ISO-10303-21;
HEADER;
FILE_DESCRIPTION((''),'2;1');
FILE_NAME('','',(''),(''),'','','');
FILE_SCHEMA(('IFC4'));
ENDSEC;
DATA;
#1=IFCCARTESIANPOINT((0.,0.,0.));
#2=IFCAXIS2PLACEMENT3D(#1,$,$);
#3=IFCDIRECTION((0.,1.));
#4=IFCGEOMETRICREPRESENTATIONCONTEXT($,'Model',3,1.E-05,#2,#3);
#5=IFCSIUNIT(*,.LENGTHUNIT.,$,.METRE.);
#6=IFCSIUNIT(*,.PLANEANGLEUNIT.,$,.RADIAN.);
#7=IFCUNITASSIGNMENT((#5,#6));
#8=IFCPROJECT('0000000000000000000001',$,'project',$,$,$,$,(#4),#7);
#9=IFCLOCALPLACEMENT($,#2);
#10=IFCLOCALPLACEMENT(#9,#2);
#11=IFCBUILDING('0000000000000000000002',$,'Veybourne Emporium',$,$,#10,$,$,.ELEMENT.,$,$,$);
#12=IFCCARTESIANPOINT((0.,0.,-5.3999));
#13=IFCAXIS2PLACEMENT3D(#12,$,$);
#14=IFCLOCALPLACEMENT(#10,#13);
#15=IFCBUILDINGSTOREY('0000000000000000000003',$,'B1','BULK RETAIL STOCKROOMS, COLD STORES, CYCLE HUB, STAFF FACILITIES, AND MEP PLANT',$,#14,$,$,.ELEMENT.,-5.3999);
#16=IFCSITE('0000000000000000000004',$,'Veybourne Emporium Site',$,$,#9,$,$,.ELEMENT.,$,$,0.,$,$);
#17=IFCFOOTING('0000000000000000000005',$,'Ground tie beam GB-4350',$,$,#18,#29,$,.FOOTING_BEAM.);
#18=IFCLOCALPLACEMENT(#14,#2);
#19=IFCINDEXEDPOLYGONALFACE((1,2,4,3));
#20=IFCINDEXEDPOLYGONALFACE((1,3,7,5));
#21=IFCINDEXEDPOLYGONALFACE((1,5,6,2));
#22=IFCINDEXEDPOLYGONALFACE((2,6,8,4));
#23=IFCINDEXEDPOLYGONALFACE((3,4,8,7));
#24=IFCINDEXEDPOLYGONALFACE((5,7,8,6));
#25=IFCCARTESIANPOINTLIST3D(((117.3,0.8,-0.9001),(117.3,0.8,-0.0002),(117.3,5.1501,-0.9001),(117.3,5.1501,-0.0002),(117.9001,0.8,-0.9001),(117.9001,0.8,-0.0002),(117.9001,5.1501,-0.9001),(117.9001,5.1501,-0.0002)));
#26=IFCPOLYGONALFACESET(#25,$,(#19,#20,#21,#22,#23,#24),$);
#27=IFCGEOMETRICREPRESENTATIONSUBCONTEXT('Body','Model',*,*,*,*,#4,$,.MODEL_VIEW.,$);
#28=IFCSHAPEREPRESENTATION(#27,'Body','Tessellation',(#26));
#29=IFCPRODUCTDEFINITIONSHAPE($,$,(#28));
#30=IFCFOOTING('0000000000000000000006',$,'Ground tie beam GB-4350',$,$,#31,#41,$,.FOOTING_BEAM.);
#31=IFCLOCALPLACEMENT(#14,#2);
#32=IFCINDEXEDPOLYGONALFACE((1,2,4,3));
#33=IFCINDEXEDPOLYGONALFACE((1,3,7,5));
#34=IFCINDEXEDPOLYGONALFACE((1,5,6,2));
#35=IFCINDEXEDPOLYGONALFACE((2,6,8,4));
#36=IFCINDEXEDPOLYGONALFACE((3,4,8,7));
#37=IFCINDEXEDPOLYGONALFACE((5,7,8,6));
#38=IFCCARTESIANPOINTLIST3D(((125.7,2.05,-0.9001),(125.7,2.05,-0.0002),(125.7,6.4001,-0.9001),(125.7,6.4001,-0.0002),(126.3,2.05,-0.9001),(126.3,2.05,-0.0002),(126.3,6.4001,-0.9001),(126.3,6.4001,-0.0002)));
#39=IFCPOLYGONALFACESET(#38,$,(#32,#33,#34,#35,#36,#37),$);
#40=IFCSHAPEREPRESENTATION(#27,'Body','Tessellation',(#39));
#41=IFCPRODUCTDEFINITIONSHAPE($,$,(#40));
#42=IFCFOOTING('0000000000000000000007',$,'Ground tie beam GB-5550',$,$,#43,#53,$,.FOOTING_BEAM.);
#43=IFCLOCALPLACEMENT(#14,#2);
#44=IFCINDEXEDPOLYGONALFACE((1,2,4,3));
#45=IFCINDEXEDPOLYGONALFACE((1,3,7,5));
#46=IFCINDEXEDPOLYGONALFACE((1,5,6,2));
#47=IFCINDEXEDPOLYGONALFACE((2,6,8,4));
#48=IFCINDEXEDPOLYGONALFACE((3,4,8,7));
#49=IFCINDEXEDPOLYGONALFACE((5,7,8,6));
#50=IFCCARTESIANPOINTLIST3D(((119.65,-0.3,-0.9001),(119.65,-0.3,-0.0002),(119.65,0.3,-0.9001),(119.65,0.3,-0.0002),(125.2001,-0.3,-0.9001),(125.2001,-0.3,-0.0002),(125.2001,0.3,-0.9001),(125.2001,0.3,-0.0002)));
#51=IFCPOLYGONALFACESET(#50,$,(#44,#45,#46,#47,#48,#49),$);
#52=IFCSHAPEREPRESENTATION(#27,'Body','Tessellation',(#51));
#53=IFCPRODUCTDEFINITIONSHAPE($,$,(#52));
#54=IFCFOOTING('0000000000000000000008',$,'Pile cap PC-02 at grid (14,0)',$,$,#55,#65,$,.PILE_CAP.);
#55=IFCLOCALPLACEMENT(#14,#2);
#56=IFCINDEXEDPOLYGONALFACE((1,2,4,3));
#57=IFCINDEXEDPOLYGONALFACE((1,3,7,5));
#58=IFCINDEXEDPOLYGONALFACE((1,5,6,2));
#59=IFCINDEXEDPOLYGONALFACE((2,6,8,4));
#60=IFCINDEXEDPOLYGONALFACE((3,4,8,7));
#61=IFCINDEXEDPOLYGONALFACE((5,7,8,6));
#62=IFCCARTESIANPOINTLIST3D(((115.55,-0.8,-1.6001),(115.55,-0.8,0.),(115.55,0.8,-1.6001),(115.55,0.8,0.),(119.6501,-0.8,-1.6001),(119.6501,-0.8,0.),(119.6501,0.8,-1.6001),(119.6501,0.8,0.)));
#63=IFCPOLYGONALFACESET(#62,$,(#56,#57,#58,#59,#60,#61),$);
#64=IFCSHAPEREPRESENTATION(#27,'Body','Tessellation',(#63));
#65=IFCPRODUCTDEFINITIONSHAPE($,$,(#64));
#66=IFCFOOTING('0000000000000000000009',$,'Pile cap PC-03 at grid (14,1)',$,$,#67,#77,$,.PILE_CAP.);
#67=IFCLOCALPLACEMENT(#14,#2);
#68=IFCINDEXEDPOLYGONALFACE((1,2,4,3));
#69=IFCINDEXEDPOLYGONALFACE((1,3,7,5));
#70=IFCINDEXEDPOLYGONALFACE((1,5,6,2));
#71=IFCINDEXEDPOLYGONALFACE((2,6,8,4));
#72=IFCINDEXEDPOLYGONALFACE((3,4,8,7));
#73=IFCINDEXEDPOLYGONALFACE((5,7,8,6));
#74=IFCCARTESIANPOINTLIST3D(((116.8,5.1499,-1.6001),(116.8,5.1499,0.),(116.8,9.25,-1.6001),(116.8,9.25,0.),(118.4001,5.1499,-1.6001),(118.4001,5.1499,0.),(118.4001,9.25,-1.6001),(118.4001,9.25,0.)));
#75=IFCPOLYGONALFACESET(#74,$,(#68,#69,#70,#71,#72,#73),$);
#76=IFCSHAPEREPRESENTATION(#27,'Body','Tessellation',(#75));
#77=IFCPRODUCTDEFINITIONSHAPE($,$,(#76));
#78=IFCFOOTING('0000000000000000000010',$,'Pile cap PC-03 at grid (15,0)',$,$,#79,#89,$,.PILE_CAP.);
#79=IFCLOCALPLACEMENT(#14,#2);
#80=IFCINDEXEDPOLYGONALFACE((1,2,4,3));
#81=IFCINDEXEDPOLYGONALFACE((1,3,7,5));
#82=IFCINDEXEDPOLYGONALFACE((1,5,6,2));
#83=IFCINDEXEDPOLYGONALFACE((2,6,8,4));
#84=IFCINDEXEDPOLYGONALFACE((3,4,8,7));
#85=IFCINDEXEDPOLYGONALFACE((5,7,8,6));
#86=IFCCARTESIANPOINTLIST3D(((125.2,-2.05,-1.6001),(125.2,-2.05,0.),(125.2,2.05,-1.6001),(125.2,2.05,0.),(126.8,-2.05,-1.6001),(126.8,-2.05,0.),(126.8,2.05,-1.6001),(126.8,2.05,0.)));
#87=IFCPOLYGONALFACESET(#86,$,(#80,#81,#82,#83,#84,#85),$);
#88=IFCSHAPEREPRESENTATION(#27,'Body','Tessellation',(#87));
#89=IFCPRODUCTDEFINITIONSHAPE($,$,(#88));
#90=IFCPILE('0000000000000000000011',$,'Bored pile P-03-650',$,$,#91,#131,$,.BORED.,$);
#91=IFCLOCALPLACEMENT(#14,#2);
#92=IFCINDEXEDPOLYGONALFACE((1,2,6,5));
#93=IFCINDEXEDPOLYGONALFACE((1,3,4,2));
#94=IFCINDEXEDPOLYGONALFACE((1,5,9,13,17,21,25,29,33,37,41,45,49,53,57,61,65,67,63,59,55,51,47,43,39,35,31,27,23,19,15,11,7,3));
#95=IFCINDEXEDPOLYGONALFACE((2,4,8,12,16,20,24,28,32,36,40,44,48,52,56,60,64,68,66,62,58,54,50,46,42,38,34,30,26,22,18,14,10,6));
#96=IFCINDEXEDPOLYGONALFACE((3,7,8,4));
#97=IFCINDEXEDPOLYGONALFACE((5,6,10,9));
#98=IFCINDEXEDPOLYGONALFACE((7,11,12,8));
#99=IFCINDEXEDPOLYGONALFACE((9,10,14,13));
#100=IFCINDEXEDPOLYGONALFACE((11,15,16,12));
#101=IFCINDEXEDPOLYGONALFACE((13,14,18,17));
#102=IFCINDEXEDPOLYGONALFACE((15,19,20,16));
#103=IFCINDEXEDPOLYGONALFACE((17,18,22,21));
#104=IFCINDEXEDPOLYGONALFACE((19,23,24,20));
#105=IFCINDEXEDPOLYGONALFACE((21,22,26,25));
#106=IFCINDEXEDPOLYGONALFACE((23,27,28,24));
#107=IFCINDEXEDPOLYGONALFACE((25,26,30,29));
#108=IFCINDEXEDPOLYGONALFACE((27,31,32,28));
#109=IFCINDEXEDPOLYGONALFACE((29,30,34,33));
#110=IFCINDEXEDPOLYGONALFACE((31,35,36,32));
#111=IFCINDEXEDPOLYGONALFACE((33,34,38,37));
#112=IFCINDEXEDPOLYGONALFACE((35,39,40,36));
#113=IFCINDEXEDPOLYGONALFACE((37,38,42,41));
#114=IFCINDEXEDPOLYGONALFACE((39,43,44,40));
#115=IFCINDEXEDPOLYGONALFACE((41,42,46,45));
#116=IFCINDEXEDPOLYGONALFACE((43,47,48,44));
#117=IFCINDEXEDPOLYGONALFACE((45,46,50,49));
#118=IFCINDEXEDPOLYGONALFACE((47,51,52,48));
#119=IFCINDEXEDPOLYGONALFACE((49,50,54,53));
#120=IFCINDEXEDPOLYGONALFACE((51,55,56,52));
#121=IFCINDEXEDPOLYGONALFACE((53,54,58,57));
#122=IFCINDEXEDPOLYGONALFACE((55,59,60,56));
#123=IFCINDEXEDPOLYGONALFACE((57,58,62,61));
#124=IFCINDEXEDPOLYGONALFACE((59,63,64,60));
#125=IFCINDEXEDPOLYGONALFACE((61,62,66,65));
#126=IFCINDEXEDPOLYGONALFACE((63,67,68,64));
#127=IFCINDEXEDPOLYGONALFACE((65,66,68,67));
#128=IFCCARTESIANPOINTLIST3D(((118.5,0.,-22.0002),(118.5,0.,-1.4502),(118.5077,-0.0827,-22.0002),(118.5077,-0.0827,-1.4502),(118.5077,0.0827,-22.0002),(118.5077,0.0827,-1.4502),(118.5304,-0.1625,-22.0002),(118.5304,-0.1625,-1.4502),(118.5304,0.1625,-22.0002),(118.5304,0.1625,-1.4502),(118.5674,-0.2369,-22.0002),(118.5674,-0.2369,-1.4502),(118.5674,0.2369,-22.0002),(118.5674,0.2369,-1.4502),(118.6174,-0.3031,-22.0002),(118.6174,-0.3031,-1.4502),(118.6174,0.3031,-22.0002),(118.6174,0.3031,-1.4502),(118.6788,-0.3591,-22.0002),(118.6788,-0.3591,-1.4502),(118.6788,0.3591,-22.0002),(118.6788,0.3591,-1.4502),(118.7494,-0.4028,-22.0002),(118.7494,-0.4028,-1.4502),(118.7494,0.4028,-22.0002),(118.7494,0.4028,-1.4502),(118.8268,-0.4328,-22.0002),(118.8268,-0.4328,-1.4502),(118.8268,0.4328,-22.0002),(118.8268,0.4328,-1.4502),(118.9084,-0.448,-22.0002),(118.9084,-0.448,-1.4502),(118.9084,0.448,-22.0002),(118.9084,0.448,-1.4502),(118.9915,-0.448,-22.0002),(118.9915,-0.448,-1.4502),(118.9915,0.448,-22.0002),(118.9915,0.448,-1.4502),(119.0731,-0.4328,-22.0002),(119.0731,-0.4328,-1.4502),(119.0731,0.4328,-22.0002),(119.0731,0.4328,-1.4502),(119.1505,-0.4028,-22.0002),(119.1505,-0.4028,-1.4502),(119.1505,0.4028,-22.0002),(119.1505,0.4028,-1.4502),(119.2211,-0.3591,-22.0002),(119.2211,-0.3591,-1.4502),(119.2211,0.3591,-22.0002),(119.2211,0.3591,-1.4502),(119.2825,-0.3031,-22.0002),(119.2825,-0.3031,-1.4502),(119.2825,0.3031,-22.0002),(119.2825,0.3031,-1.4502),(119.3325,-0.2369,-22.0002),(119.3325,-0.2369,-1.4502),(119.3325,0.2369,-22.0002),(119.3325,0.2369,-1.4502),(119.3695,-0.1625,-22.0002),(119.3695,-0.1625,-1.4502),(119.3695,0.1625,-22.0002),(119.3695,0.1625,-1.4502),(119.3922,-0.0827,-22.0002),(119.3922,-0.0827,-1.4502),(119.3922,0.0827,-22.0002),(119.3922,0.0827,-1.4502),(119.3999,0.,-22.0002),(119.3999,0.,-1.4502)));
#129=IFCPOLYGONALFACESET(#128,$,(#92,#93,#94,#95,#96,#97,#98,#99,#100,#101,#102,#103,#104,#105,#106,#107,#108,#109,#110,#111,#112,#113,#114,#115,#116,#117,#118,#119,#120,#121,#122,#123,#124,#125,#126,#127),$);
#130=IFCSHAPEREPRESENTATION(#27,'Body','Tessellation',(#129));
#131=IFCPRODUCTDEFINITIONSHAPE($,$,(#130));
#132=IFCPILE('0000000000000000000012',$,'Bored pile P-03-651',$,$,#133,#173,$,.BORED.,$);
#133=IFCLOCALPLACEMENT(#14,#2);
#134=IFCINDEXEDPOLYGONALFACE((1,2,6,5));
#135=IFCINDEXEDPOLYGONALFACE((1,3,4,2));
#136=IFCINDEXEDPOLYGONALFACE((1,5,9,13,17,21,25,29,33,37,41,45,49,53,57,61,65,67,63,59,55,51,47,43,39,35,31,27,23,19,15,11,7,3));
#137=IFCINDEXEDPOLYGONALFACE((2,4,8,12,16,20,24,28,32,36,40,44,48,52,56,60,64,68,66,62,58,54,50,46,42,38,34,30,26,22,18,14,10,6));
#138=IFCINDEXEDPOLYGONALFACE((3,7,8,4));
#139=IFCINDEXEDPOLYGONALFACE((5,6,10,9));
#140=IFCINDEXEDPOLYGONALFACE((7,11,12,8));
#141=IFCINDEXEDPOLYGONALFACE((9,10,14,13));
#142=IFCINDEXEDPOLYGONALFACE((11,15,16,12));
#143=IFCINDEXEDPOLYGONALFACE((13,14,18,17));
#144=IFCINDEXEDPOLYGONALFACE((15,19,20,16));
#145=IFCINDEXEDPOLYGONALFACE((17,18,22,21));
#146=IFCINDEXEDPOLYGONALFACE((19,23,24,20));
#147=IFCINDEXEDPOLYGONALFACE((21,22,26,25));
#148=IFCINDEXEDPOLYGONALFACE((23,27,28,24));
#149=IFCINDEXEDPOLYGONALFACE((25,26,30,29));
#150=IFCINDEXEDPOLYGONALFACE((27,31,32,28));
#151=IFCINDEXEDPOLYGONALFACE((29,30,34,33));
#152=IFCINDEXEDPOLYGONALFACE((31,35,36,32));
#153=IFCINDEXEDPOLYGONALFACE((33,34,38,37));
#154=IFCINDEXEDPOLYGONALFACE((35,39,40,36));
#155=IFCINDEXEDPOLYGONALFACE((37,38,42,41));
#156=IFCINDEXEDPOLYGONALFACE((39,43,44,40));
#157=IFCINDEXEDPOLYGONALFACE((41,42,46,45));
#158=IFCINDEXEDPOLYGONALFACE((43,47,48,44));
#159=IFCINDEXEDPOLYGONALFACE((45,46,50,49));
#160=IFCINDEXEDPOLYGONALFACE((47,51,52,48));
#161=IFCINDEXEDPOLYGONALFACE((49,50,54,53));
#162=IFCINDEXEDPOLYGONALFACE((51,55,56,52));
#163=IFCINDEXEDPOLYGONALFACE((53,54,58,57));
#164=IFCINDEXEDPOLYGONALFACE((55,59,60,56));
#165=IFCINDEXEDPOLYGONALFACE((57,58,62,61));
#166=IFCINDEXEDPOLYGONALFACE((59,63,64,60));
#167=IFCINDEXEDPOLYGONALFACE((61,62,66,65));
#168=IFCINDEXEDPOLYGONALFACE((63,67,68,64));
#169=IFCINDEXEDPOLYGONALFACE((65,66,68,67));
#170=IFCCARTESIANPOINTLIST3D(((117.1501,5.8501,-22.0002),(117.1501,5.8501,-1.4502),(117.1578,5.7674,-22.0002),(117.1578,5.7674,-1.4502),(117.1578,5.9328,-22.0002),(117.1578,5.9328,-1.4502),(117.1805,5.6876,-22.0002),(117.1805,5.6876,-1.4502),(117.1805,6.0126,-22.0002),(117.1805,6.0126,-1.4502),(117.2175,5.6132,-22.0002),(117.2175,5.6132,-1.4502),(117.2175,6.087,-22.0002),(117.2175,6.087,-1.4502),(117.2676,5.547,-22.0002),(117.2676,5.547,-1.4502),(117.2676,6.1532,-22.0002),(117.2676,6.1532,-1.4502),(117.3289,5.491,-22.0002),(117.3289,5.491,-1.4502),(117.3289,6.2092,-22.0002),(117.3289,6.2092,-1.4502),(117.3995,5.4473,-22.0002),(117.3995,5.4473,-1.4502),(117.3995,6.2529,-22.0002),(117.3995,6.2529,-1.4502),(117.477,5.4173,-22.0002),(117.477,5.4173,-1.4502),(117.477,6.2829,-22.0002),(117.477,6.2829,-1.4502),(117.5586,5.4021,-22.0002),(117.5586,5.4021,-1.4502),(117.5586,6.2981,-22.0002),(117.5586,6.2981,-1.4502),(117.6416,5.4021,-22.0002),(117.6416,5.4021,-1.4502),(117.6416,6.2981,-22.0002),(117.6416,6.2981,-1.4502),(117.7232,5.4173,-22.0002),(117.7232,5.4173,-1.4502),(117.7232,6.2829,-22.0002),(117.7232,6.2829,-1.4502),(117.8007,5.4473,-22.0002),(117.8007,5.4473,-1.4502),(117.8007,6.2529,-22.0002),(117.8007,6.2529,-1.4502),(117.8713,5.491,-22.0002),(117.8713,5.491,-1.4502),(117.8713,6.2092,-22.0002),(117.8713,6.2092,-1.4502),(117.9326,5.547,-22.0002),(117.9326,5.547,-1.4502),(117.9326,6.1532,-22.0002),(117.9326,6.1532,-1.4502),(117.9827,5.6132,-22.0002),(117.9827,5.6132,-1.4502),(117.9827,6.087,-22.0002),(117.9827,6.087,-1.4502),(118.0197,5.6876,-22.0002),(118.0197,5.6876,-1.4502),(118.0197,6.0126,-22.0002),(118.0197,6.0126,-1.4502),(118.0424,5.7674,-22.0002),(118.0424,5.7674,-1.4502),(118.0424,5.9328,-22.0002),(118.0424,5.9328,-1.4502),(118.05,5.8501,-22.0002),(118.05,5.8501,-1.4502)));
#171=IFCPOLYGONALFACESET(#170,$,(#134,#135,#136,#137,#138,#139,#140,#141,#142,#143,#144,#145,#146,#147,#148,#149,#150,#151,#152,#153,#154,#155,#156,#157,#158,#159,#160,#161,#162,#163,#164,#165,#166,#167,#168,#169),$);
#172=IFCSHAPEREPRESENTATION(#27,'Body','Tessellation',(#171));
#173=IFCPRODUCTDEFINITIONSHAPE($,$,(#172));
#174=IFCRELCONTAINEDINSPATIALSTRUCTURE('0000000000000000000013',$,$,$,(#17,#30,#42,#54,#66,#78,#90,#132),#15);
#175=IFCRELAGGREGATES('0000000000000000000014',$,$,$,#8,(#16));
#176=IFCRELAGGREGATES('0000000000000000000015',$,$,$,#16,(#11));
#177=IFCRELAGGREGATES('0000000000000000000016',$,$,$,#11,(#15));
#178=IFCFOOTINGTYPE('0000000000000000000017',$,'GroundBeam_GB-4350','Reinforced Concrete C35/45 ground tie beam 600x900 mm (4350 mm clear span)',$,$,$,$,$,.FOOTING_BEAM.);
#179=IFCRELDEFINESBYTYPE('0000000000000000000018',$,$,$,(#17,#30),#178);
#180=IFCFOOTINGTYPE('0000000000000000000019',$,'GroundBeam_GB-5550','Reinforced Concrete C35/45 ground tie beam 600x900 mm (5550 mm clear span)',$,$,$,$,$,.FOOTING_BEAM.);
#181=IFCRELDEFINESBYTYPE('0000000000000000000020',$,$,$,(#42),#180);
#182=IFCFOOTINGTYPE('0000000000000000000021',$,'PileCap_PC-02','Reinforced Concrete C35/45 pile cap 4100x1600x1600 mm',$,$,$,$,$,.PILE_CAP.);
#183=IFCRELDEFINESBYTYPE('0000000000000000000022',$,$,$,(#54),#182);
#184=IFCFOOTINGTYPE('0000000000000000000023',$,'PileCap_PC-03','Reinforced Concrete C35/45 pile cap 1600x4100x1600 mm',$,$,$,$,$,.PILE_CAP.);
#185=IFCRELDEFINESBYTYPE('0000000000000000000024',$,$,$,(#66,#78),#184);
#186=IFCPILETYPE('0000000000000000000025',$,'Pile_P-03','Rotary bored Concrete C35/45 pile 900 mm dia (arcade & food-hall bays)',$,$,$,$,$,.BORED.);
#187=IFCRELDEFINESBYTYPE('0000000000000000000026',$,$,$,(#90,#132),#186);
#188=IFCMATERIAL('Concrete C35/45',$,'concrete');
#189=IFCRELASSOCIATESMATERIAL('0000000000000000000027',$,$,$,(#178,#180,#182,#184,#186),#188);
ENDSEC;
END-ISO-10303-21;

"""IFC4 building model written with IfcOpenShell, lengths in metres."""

from ifc_helpers import new_model, si_unit, direction, frame, origin, origin_2d, place, context, subcontext, project, spatial, rectangle, circle, extrude, material, material_profile, profile_set, type_object, element, save


model = new_model("IFC4")

# Units and contexts
model_context = context("Model", 3, precision=1e-05, world=origin(), true_north=direction((0.0, 1.0)))
body_context = subcontext(model_context, "Body", "Model", "MODEL_VIEW")
ifc_project = project(units=[si_unit("LENGTHUNIT", "METRE"), si_unit("PLANEANGLEUNIT", "RADIAN")], contexts=[model_context])

# Site, building, storey
site_placement = place(None, origin())
site = spatial("IfcSite", under=ifc_project, at=site_placement, Name="Veybourne Emporium Site", CompositionType="ELEMENT", RefElevation=0.0)
building_placement = place(site_placement, origin())
building = spatial("IfcBuilding", under=site, at=building_placement, Name="Veybourne Emporium", CompositionType="ELEMENT")
storey_placement = place(building_placement, frame((0.0, 0.0, -5.3999)))
storey = spatial("IfcBuildingStorey", under=building, at=storey_placement, Name="B1", Description="BULK RETAIL STOCKROOMS, COLD STORES, CYCLE HUB, STAFF FACILITIES, AND MEP PLANT", CompositionType="ELEMENT", Elevation=-5.3999)

# Footings
ifc_material_1 = material(Name="Concrete C35/45", Category="concrete")
footing_type_1 = type_object("IfcFootingType", Name="GroundBeam_GB-4350", Description="Reinforced Concrete C35/45 ground tie beam 600x900 mm (4350 mm clear span)", PredefinedType="FOOTING_BEAM", material=ifc_material_1)
for number, where, z_axis, x_axis, name in (
    (1, (117.6001, 2.9751, -0.9001), (0.0, 0.0, 1.0), (0.0, 1.0, 0.0), "Ground tie beam GB-4350"),
    (2, (126.0, 4.2251, -0.9001), (0.0, 0.0, 1.0), (0.0, 1.0, 0.0), "Ground tie beam GB-4350"),
):
    element("IfcFooting", number, at=place(storey_placement, frame(where, z_axis=z_axis, x_axis=x_axis)), inside=storey, type_object=footing_type_1, Name=name, PredefinedType="FOOTING_BEAM", context=body_context, shape_type="SweptSolid", body=[
        extrude(rectangle(XDim=4.3501, YDim=0.6001, at=origin_2d()), origin(), (0.0, 0.0, 1.0), 0.8999),
    ])
footing_type_2 = type_object("IfcFootingType", Name="GroundBeam_GB-5550", Description="Reinforced Concrete C35/45 ground tie beam 600x900 mm (5550 mm clear span)", PredefinedType="FOOTING_BEAM", material=ifc_material_1)
footing_1_placement = place(storey_placement, frame((122.425, 0.0, -0.9001), z_axis=(0.0, 0.0, 1.0), x_axis=(1.0, 0.0, 0.0)))
element("IfcFooting", 3, at=footing_1_placement, inside=storey, type_object=footing_type_2, Name="Ground tie beam GB-5550", PredefinedType="FOOTING_BEAM", context=body_context, shape_type="SweptSolid", body=[
    extrude(rectangle(XDim=5.55, YDim=0.6001, at=origin_2d()), origin(), (0.0, 0.0, 1.0), 0.8999),
])
footing_type_3 = type_object("IfcFootingType", Name="PileCap_PC-02", Description="Reinforced Concrete C35/45 pile cap 4100x1600x1600 mm", PredefinedType="PILE_CAP", material=ifc_material_1)
footing_2_placement = place(storey_placement, frame((117.6001, 0.0, -1.6001), z_axis=(0.0, 0.0, 1.0), x_axis=(1.0, 0.0, 0.0)))
element("IfcFooting", 4, at=footing_2_placement, inside=storey, type_object=footing_type_3, Name="Pile cap PC-02 at grid (14,0)", PredefinedType="PILE_CAP", context=body_context, shape_type="SweptSolid", body=[
    extrude(rectangle(XDim=4.1001, YDim=1.6001, at=origin_2d()), origin(), (0.0, 0.0, 1.0), 1.6001),
])
footing_type_4 = type_object("IfcFootingType", Name="PileCap_PC-03", Description="Reinforced Concrete C35/45 pile cap 1600x4100x1600 mm", PredefinedType="PILE_CAP", material=ifc_material_1)
for number, where, z_axis, x_axis, name in (
    (5, (117.6001, 7.2, -1.6001), (0.0, 0.0, 1.0), (1.0, 0.0, 0.0), "Pile cap PC-03 at grid (14,1)"),
    (6, (126.0, 0.0, -1.6001), (0.0, 0.0, 1.0), (1.0, 0.0, 0.0), "Pile cap PC-03 at grid (15,0)"),
):
    element("IfcFooting", number, at=place(storey_placement, frame(where, z_axis=z_axis, x_axis=x_axis)), inside=storey, type_object=footing_type_4, Name=name, PredefinedType="PILE_CAP", context=body_context, shape_type="SweptSolid", body=[
        extrude(rectangle(XDim=1.6001, YDim=4.1001, at=origin_2d()), origin(), (0.0, 0.0, 1.0), 1.6001),
    ])

# Piles
ifc_material_profile_1 = material_profile(ifc_material_1, circle(Radius=0.45, at=origin_2d()), Name="BORED PILE 900")
ifc_profile_set_1 = profile_set([ifc_material_profile_1], Name="Concrete C35/45")
pile_type = type_object("IfcPileType", Name="Pile_P-03", Description="Rotary bored Concrete C35/45 pile 900 mm dia (arcade & food-hall bays)", PredefinedType="BORED", material=ifc_profile_set_1)
for number, where, z_axis, x_axis, name in (
    (7, (118.95, 0.0, -1.4502), (0.0, 0.0, -1.0), (1.0, 0.0, 0.0), "Bored pile P-03-650"),
    (8, (117.6001, 5.8501, -1.4502), (0.0, 0.0, -1.0), (1.0, 0.0, 0.0), "Bored pile P-03-651"),
):
    element("IfcPile", number, at=place(storey_placement, frame(where, z_axis=z_axis, x_axis=x_axis)), inside=storey, type_object=pile_type, Name=name, PredefinedType="BORED", context=body_context, shape_type="SweptSolid", body=[
        extrude(circle(Radius=0.45, at=origin_2d()), origin(), (0.0, 0.0, 1.0), 20.55),
    ])

save(model, "model.ifc")
